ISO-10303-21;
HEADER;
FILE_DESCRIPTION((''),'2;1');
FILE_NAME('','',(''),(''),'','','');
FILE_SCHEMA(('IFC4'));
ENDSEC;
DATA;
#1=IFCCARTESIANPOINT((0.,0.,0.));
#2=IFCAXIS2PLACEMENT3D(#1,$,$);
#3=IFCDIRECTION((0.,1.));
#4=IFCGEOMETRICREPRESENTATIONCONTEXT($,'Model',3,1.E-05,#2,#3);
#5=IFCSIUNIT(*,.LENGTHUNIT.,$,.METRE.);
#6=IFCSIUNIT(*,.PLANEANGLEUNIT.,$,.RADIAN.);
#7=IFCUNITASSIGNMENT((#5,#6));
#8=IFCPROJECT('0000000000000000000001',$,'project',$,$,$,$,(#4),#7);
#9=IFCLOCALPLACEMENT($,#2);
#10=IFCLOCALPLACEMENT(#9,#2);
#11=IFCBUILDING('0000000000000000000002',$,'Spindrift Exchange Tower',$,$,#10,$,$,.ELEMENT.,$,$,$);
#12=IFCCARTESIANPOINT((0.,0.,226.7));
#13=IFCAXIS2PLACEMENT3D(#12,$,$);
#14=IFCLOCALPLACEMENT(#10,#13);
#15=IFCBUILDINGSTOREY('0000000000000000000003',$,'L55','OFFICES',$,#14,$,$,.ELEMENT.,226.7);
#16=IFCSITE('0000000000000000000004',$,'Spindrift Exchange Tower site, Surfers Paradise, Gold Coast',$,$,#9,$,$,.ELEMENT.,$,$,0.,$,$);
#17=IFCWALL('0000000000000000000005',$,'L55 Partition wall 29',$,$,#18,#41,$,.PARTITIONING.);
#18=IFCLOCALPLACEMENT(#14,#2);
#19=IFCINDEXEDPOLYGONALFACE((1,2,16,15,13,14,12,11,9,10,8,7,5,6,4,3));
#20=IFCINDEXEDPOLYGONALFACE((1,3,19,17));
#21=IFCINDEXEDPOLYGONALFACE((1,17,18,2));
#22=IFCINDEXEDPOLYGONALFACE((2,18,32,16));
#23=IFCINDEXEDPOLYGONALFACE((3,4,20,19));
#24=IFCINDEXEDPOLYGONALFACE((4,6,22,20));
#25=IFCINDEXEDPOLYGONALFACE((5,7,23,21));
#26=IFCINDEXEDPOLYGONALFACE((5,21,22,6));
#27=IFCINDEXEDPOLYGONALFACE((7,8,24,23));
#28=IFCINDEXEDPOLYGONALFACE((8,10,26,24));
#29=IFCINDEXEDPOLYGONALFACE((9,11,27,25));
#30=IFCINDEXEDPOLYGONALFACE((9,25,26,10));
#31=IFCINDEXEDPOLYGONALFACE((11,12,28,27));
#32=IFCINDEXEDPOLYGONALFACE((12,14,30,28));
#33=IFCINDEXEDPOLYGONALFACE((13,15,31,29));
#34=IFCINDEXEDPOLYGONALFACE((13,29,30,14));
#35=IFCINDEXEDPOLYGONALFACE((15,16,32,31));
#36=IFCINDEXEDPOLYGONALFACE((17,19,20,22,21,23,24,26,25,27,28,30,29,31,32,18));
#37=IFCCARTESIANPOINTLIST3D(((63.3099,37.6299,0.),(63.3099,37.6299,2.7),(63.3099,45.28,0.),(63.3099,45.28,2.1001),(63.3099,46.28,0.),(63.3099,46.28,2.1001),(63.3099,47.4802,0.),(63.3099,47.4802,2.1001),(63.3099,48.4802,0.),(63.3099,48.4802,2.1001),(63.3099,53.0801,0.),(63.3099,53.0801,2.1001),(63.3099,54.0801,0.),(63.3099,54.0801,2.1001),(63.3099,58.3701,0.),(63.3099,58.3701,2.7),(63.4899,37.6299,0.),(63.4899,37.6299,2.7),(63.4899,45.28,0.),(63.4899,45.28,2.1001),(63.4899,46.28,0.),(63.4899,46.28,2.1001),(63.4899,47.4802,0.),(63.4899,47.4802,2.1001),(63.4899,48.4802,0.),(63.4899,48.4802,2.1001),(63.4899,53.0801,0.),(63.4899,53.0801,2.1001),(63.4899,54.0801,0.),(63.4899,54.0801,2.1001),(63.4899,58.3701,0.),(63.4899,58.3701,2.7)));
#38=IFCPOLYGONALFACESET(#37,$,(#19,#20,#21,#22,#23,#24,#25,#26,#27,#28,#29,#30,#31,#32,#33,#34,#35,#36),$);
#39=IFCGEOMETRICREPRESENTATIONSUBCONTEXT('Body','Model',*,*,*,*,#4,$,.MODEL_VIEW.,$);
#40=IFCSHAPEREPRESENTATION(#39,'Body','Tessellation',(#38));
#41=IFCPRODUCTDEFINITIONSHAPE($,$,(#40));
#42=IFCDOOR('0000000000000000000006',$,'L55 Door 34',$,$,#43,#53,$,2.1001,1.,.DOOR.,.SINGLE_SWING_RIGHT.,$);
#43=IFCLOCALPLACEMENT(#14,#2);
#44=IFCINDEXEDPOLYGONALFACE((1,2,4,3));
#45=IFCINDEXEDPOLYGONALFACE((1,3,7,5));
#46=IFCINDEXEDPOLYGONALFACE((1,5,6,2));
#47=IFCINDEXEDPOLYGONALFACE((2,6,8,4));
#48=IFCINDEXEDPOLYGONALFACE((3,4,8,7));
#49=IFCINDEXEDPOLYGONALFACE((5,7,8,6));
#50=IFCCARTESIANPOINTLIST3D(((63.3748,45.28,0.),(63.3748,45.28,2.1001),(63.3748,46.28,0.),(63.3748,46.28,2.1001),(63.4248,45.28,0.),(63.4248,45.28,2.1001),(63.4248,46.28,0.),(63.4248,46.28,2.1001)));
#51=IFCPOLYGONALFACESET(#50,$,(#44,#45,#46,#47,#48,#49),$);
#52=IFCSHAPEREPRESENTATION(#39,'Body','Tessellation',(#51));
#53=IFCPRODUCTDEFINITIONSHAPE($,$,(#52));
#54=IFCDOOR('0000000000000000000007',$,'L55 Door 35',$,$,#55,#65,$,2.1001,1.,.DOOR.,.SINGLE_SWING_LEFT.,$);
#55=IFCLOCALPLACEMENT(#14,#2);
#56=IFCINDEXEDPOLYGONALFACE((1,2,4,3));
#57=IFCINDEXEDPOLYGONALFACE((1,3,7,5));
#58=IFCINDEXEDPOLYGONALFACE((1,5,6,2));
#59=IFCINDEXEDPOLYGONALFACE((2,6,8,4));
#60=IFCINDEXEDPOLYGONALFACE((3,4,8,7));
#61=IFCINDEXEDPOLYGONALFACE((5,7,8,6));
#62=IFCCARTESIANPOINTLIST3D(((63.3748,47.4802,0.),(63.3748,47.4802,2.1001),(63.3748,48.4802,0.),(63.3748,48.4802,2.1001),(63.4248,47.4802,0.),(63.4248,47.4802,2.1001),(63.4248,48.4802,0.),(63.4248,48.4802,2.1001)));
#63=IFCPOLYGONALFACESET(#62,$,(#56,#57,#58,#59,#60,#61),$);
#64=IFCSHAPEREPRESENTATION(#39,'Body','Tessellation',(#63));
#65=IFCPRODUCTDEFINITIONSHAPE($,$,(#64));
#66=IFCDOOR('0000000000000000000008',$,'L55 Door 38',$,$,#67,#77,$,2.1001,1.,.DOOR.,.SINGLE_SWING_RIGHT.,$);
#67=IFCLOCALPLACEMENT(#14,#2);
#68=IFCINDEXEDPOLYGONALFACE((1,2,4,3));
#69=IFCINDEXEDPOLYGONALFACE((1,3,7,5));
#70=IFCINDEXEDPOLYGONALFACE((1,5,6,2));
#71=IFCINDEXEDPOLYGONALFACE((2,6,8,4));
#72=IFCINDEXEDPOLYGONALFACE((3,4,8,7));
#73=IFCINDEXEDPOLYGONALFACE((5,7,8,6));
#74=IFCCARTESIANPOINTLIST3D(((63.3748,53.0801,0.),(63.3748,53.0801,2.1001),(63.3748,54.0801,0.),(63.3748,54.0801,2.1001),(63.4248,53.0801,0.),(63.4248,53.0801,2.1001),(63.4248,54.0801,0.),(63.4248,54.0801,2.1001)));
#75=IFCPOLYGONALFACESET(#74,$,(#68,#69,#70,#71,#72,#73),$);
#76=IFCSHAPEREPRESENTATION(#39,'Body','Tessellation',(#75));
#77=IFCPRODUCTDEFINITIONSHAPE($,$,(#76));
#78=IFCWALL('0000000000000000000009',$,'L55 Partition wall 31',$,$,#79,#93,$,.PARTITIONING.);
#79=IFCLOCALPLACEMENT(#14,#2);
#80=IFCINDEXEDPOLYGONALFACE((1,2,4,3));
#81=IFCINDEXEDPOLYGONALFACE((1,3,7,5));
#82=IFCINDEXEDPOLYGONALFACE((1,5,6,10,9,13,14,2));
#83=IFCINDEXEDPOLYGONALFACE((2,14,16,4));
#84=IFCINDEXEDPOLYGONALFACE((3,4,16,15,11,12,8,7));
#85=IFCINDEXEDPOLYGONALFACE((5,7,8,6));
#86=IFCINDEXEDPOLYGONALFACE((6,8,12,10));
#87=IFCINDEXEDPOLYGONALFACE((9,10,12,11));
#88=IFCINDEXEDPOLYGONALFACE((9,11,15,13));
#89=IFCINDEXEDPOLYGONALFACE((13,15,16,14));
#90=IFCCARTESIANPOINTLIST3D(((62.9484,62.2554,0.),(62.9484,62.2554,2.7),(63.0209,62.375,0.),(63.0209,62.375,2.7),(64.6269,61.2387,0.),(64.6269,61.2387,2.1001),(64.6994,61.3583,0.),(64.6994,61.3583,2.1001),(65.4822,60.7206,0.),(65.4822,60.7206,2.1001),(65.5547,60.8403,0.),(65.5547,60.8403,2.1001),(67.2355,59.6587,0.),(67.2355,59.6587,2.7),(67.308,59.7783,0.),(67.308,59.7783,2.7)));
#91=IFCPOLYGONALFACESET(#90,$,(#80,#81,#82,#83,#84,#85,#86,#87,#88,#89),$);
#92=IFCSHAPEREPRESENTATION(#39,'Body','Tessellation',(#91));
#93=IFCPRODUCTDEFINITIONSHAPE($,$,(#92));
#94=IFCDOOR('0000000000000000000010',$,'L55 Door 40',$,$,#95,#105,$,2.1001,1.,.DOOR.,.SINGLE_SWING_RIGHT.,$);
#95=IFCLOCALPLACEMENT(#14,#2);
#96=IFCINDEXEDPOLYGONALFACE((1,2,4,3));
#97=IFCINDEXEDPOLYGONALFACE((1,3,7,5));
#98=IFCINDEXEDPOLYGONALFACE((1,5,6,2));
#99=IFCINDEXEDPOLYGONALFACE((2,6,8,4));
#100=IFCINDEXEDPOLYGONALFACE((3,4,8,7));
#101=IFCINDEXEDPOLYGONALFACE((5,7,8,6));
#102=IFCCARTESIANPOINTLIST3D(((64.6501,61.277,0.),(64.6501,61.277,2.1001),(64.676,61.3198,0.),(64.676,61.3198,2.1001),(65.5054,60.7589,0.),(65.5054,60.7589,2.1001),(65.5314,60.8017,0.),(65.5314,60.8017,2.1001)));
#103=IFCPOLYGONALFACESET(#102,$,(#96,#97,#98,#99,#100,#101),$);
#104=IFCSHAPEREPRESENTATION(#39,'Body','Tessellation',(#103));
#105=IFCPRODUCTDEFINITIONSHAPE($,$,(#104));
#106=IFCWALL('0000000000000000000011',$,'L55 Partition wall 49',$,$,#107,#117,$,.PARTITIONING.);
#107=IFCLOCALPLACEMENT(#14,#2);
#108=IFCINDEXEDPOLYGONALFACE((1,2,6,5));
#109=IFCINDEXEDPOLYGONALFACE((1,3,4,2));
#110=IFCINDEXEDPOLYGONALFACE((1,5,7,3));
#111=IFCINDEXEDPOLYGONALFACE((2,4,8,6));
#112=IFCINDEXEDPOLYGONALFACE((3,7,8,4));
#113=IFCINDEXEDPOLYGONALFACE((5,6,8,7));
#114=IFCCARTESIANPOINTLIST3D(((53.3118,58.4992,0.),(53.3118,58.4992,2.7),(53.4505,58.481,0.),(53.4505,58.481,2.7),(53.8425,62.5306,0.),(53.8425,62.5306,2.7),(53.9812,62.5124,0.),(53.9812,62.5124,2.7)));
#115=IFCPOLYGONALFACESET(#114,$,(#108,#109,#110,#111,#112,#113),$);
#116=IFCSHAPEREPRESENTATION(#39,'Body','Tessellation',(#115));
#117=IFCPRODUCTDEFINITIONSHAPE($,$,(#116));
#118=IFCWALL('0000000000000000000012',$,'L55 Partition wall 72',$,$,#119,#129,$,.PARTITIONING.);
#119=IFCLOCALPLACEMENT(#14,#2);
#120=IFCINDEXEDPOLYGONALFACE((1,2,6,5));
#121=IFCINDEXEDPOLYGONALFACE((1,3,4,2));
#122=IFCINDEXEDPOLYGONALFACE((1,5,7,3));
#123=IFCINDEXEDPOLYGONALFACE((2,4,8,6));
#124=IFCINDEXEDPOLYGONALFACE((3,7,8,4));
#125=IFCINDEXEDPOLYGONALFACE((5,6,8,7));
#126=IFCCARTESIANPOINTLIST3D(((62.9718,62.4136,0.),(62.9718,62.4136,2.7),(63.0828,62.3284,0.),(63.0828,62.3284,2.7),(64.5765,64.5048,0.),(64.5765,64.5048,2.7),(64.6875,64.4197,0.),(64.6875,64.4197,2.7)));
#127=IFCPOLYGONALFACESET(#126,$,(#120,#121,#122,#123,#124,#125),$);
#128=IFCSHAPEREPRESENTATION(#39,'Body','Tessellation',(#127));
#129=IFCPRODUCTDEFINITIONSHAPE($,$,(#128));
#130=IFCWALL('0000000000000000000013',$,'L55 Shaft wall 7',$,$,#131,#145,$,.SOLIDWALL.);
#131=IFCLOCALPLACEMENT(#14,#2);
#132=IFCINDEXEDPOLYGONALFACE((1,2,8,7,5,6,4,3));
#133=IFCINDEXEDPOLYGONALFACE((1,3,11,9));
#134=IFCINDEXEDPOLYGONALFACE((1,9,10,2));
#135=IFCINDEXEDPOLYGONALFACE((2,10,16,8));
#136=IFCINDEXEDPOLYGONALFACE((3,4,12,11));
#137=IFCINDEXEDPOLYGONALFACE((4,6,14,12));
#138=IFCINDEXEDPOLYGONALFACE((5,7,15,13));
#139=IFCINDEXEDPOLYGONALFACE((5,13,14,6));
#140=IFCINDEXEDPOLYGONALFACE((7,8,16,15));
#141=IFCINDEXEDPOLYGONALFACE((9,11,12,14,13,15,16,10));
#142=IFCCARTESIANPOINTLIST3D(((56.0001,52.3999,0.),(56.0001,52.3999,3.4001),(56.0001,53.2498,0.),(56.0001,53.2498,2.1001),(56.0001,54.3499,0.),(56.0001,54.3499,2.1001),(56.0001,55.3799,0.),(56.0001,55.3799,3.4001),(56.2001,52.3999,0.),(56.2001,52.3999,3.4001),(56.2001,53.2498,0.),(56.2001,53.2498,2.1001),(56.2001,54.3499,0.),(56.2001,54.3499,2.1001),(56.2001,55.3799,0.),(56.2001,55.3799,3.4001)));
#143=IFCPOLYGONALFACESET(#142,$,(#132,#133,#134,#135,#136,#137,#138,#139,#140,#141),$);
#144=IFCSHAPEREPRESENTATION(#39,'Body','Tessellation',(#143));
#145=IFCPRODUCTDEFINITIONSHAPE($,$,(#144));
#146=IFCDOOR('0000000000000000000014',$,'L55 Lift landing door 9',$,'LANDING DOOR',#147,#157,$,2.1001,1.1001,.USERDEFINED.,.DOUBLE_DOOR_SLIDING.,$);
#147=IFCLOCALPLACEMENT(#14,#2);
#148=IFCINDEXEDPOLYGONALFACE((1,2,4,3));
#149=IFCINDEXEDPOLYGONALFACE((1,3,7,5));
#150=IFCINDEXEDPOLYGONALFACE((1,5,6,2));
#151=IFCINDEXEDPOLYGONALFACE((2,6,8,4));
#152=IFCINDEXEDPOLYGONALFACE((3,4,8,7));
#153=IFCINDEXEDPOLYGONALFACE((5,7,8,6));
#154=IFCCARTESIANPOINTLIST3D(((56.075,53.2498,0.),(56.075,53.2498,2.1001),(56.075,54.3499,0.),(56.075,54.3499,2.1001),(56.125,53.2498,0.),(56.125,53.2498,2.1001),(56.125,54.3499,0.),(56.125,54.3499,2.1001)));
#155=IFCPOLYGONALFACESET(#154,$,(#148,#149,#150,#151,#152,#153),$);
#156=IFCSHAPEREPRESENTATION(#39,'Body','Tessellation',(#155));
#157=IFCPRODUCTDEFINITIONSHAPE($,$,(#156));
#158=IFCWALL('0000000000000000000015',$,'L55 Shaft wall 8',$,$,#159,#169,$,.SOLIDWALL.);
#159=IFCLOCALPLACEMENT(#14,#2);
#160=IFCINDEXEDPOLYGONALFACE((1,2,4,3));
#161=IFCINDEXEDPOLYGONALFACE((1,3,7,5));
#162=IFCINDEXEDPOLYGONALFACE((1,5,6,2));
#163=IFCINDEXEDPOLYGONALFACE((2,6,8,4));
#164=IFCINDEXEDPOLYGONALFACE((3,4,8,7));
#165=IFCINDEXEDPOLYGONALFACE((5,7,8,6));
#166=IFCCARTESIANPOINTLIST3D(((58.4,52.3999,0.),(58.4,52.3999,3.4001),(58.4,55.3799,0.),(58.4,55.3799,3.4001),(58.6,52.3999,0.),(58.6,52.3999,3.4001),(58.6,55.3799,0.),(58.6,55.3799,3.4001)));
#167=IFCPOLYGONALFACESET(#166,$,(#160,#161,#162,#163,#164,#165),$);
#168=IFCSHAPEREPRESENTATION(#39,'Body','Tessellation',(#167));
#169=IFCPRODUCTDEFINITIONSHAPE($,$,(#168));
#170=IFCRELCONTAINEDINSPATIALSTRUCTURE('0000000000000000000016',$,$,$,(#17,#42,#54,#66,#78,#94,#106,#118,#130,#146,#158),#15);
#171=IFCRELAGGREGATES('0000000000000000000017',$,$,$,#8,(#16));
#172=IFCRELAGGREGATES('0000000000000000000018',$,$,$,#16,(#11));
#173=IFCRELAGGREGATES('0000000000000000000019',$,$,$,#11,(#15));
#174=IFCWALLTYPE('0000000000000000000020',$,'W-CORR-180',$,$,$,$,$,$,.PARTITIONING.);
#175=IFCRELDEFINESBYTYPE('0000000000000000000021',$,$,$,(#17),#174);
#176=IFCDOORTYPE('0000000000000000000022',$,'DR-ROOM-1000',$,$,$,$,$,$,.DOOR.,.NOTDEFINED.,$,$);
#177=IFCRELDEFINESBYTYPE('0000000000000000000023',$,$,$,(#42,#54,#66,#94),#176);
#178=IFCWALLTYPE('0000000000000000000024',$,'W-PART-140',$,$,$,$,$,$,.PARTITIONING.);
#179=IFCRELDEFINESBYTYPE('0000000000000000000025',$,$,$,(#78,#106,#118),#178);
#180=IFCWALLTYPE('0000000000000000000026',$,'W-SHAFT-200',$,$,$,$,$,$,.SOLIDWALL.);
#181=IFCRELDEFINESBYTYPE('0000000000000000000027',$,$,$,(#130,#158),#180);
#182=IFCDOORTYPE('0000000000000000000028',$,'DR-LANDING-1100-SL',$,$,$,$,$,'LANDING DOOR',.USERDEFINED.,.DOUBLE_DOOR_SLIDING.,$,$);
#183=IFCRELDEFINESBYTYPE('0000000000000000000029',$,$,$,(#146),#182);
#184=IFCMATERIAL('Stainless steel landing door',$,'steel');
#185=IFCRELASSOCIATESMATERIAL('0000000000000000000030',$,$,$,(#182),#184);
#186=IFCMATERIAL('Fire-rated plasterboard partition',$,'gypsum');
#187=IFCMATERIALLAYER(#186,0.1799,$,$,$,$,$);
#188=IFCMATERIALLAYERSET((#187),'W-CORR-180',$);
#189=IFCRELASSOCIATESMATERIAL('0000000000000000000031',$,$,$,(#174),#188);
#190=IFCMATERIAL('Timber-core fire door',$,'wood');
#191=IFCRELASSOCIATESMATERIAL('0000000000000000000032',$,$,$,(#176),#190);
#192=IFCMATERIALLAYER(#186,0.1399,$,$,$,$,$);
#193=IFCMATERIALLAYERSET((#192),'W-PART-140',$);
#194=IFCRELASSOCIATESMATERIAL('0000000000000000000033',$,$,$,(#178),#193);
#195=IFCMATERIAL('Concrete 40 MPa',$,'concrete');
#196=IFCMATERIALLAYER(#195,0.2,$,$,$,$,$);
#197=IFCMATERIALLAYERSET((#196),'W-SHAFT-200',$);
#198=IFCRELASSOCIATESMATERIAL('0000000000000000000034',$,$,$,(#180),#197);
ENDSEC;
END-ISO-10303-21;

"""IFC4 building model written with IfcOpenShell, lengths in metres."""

from ifc_helpers import new_model, si_unit, direction, frame, frame_2d, origin, place, context, subcontext, project, spatial, rectangle, extrude, source, transform, mapped, material, layer, layer_set, type_object, element, fill, save


model = new_model("IFC4")

# Units and contexts
model_context = context("Model", 3, precision=1e-05, world=origin(), true_north=direction((0.0, 1.0)))
body_context = subcontext(model_context, "Body", "Model", "MODEL_VIEW")
ifc_project = project(units=[si_unit("LENGTHUNIT", "METRE"), si_unit("PLANEANGLEUNIT", "RADIAN")], contexts=[model_context])

# Site, building, storey
site_placement = place(None, origin())
site = spatial("IfcSite", under=ifc_project, at=site_placement, Name="Spindrift Exchange Tower site, Surfers Paradise, Gold Coast", CompositionType="ELEMENT", RefElevation=0.0)
building_placement = place(site_placement, origin())
building = spatial("IfcBuilding", under=site, at=building_placement, Name="Spindrift Exchange Tower", CompositionType="ELEMENT")
storey_placement = place(building_placement, frame((0.0, 0.0, 226.7)))
storey = spatial("IfcBuildingStorey", under=building, at=storey_placement, Name="L55", Description="OFFICES", CompositionType="ELEMENT", Elevation=226.7)

# Wall, openings, doors
ifc_material_1 = material(Name="Stainless steel landing door", Category="steel")
door_type_1 = type_object("IfcDoorType", Name="DR-LANDING-1100-SL", ElementType="LANDING DOOR", OperationType="DOUBLE_DOOR_SLIDING", PredefinedType="USERDEFINED", material=ifc_material_1)
shared_shape_1 = source(origin(), body_context, "Body", "SweptSolid", [
    extrude(rectangle(XDim=1.1001, YDim=2.1001, at=frame_2d((0.55, 1.05))), frame((0.0, 0.0249, 0.0), z_axis=(0.0, -1.0, 0.0), x_axis=(1.0, 0.0, 0.0)), (0.0, 0.0, 1.0), 0.05),
])
ifc_material_2 = material(Name="Timber-core fire door", Category="wood")
ifc_material_3 = material(Name="Fire-rated plasterboard partition", Category="gypsum")
ifc_layer_1 = layer(ifc_material_3, 0.1799)
ifc_layer_set_1 = layer_set([ifc_layer_1], Name="W-CORR-180")
wall_type_1 = type_object("IfcWallType", Name="W-CORR-180", PredefinedType="PARTITIONING", material=ifc_layer_set_1)
wall_1_placement = place(storey_placement, frame((63.3999, 58.3701, 0.0), z_axis=(0.0, 0.0, 1.0), x_axis=(0.0, -1.0, 0.0)))
wall_1 = element("IfcWall", 1, at=wall_1_placement, inside=storey, type_object=wall_type_1, Name="L55 Partition wall 29", PredefinedType="PARTITIONING", context=body_context, shape_type="SweptSolid", body=[
    extrude(rectangle(XDim=20.7402, YDim=0.1799, at=frame_2d((10.3701, 0.0))), origin(), (0.0, 0.0, 1.0), 2.7),
])
opening_1_placement = place(wall_1_placement, frame((12.0901, 0.0, 0.0)))
opening_1 = element("IfcOpeningElement", 2, at=opening_1_placement, cuts=wall_1, PredefinedType="OPENING", context=body_context, shape_type="SweptSolid", body=[
    extrude(rectangle(XDim=1.0, YDim=2.1001, at=frame_2d((0.5, 1.05))), frame((0.0, 0.0999, 0.0), z_axis=(0.0, -1.0, 0.0), x_axis=(1.0, 0.0, 0.0)), (0.0, 0.0, 1.0), 0.2),
])
opening_2_placement = place(wall_1_placement, frame((9.8899, 0.0, 0.0)))
opening_2 = element("IfcOpeningElement", 3, at=opening_2_placement, cuts=wall_1, PredefinedType="OPENING", context=body_context, shape_type="SweptSolid", body=[
    extrude(rectangle(XDim=1.0, YDim=2.1001, at=frame_2d((0.5, 1.05))), frame((0.0, 0.0999, 0.0), z_axis=(0.0, -1.0, 0.0), x_axis=(1.0, 0.0, 0.0)), (0.0, 0.0, 1.0), 0.2),
])
opening_3_placement = place(wall_1_placement, frame((4.29, 0.0, 0.0)))
opening_3 = element("IfcOpeningElement", 4, at=opening_3_placement, cuts=wall_1, PredefinedType="OPENING", context=body_context, shape_type="SweptSolid", body=[
    extrude(rectangle(XDim=1.0, YDim=2.1001, at=frame_2d((0.5, 1.05))), frame((0.0, 0.0999, 0.0), z_axis=(0.0, -1.0, 0.0), x_axis=(1.0, 0.0, 0.0)), (0.0, 0.0, 1.0), 0.2),
])
door_type_2 = type_object("IfcDoorType", Name="DR-ROOM-1000", OperationType="NOTDEFINED", PredefinedType="DOOR", material=ifc_material_2)
shared_shape_2 = source(origin(), body_context, "Body", "SweptSolid", [
    extrude(rectangle(XDim=1.0, YDim=2.1001, at=frame_2d((0.5, 1.05))), frame((0.0, 0.0249, 0.0), z_axis=(0.0, -1.0, 0.0), x_axis=(1.0, 0.0, 0.0)), (0.0, 0.0, 1.0), 0.05),
])
door_1_placement = place(opening_1_placement, origin())
door_1 = element("IfcDoor", 5, at=door_1_placement, inside=storey, type_object=door_type_2, Name="L55 Door 34", OperationType="SINGLE_SWING_RIGHT", OverallHeight=2.1001, OverallWidth=1.0, PredefinedType="DOOR", context=body_context, shape_type="MappedRepresentation", body=[
    mapped(shared_shape_2, transform((0.0, 0.0, 0.0), scale=1.0)),
])
fill(opening_1, door_1)
door_2_placement = place(opening_2_placement, origin())
door_2 = element("IfcDoor", 6, at=door_2_placement, inside=storey, type_object=door_type_2, Name="L55 Door 35", OperationType="SINGLE_SWING_LEFT", OverallHeight=2.1001, OverallWidth=1.0, PredefinedType="DOOR", context=body_context, shape_type="MappedRepresentation", body=[
    mapped(shared_shape_2, transform((0.0, 0.0, 0.0), scale=1.0)),
])
fill(opening_2, door_2)
door_3_placement = place(opening_3_placement, origin())
door_3 = element("IfcDoor", 7, at=door_3_placement, inside=storey, type_object=door_type_2, Name="L55 Door 38", OperationType="SINGLE_SWING_RIGHT", OverallHeight=2.1001, OverallWidth=1.0, PredefinedType="DOOR", context=body_context, shape_type="MappedRepresentation", body=[
    mapped(shared_shape_2, transform((0.0, 0.0, 0.0), scale=1.0)),
])
fill(opening_3, door_3)

# Wall, opening, door
ifc_layer_2 = layer(ifc_material_3, 0.1399)
ifc_layer_set_2 = layer_set([ifc_layer_2], Name="W-PART-140")
wall_type_2 = type_object("IfcWallType", Name="W-PART-140", PredefinedType="PARTITIONING", material=ifc_layer_set_2)
wall_2_placement = place(storey_placement, frame((62.9846, 62.3152, 0.0), z_axis=(0.0, 0.0, 1.0), x_axis=(0.855337, -0.518073, 0.0)))
wall_2 = element("IfcWall", 8, at=wall_2_placement, inside=storey, type_object=wall_type_2, Name="L55 Partition wall 31", PredefinedType="PARTITIONING", context=body_context, shape_type="SweptSolid", body=[
    extrude(rectangle(XDim=5.0122, YDim=0.1399, at=frame_2d((2.5061, 0.0))), origin(), (0.0, 0.0, 1.0), 2.7),
])
opening_4_placement = place(wall_2_placement, frame((1.9624, 0.0, 0.0)))
opening_4 = element("IfcOpeningElement", 9, at=opening_4_placement, cuts=wall_2, PredefinedType="OPENING", context=body_context, shape_type="SweptSolid", body=[
    extrude(rectangle(XDim=1.0, YDim=2.1001, at=frame_2d((0.5, 1.05))), frame((0.0, 0.0798, 0.0), z_axis=(0.0, -1.0, 0.0), x_axis=(1.0, 0.0, 0.0)), (0.0, 0.0, 1.0), 0.1599),
])
door_4_placement = place(opening_4_placement, origin())
door_4 = element("IfcDoor", 10, at=door_4_placement, inside=storey, type_object=door_type_2, Name="L55 Door 40", OperationType="SINGLE_SWING_RIGHT", OverallHeight=2.1001, OverallWidth=1.0, PredefinedType="DOOR", context=body_context, shape_type="MappedRepresentation", body=[
    mapped(shared_shape_2, transform((0.0, 0.0, 0.0), scale=1.0)),
])
fill(opening_4, door_4)

# Walls
wall_3_placement = place(storey_placement, frame((53.3811, 58.49, 0.0), z_axis=(0.0, 0.0, 1.0), x_axis=(0.130528, 0.991445, 0.0)))
element("IfcWall", 11, at=wall_3_placement, inside=storey, type_object=wall_type_2, Name="L55 Partition wall 49", PredefinedType="PARTITIONING", context=body_context, shape_type="SweptSolid", body=[
    extrude(rectangle(XDim=4.0662, YDim=0.1399, at=frame_2d((2.0332, 0.0))), origin(), (0.0, 0.0, 1.0), 2.7),
])
wall_4_placement = place(storey_placement, frame((63.0273, 62.3711, 0.0), z_axis=(0.0, 0.0, 1.0), x_axis=(0.608766, 0.79335, 0.0)))
element("IfcWall", 12, at=wall_4_placement, inside=storey, type_object=wall_type_2, Name="L55 Partition wall 72", PredefinedType="PARTITIONING", context=body_context, shape_type="SweptSolid", body=[
    extrude(rectangle(XDim=2.636, YDim=0.1399, at=frame_2d((1.3179, 0.0))), origin(), (0.0, 0.0, 1.0), 2.7),
])

# Wall, opening, door
ifc_material_4 = material(Name="Concrete 40 MPa", Category="concrete")
ifc_layer_3 = layer(ifc_material_4, 0.2)
ifc_layer_set_3 = layer_set([ifc_layer_3], Name="W-SHAFT-200")
wall_type_3 = type_object("IfcWallType", Name="W-SHAFT-200", PredefinedType="SOLIDWALL", material=ifc_layer_set_3)
wall_5_placement = place(storey_placement, frame((56.1001, 55.3799, 0.0), z_axis=(0.0, 0.0, 1.0), x_axis=(0.0, -1.0, 0.0)))
wall_5 = element("IfcWall", 13, at=wall_5_placement, inside=storey, type_object=wall_type_3, Name="L55 Shaft wall 7", PredefinedType="SOLIDWALL", context=body_context, shape_type="SweptSolid", body=[
    extrude(rectangle(XDim=2.98, YDim=0.2, at=frame_2d((1.49, 0.0))), origin(), (0.0, 0.0, 1.0), 3.4001),
])
opening_5_placement = place(wall_5_placement, frame((1.03, 0.0, 0.0)))
opening_5 = element("IfcOpeningElement", 14, at=opening_5_placement, cuts=wall_5, PredefinedType="OPENING", context=body_context, shape_type="SweptSolid", body=[
    extrude(rectangle(XDim=1.1001, YDim=2.1001, at=frame_2d((0.55, 1.05))), frame((0.0, 0.1099, 0.0), z_axis=(0.0, -1.0, 0.0), x_axis=(1.0, 0.0, 0.0)), (0.0, 0.0, 1.0), 0.22),
])
door_5_placement = place(opening_5_placement, origin())
door_5 = element("IfcDoor", 15, at=door_5_placement, inside=storey, type_object=door_type_1, Name="L55 Lift landing door 9", ObjectType="LANDING DOOR", OperationType="DOUBLE_DOOR_SLIDING", OverallHeight=2.1001, OverallWidth=1.1001, PredefinedType="USERDEFINED", context=body_context, shape_type="MappedRepresentation", body=[
    mapped(shared_shape_1, transform((0.0, 0.0, 0.0), scale=1.0)),
])
fill(opening_5, door_5)

# Wall
wall_6_placement = place(storey_placement, frame((58.5, 52.3999, 0.0), z_axis=(0.0, 0.0, 1.0), x_axis=(0.0, 1.0, 0.0)))
element("IfcWall", 16, at=wall_6_placement, inside=storey, type_object=wall_type_3, Name="L55 Shaft wall 8", PredefinedType="SOLIDWALL", context=body_context, shape_type="SweptSolid", body=[
    extrude(rectangle(XDim=2.98, YDim=0.2, at=frame_2d((1.49, 0.0))), origin(), (0.0, 0.0, 1.0), 3.4001),
])

save(model, "model.ifc")
